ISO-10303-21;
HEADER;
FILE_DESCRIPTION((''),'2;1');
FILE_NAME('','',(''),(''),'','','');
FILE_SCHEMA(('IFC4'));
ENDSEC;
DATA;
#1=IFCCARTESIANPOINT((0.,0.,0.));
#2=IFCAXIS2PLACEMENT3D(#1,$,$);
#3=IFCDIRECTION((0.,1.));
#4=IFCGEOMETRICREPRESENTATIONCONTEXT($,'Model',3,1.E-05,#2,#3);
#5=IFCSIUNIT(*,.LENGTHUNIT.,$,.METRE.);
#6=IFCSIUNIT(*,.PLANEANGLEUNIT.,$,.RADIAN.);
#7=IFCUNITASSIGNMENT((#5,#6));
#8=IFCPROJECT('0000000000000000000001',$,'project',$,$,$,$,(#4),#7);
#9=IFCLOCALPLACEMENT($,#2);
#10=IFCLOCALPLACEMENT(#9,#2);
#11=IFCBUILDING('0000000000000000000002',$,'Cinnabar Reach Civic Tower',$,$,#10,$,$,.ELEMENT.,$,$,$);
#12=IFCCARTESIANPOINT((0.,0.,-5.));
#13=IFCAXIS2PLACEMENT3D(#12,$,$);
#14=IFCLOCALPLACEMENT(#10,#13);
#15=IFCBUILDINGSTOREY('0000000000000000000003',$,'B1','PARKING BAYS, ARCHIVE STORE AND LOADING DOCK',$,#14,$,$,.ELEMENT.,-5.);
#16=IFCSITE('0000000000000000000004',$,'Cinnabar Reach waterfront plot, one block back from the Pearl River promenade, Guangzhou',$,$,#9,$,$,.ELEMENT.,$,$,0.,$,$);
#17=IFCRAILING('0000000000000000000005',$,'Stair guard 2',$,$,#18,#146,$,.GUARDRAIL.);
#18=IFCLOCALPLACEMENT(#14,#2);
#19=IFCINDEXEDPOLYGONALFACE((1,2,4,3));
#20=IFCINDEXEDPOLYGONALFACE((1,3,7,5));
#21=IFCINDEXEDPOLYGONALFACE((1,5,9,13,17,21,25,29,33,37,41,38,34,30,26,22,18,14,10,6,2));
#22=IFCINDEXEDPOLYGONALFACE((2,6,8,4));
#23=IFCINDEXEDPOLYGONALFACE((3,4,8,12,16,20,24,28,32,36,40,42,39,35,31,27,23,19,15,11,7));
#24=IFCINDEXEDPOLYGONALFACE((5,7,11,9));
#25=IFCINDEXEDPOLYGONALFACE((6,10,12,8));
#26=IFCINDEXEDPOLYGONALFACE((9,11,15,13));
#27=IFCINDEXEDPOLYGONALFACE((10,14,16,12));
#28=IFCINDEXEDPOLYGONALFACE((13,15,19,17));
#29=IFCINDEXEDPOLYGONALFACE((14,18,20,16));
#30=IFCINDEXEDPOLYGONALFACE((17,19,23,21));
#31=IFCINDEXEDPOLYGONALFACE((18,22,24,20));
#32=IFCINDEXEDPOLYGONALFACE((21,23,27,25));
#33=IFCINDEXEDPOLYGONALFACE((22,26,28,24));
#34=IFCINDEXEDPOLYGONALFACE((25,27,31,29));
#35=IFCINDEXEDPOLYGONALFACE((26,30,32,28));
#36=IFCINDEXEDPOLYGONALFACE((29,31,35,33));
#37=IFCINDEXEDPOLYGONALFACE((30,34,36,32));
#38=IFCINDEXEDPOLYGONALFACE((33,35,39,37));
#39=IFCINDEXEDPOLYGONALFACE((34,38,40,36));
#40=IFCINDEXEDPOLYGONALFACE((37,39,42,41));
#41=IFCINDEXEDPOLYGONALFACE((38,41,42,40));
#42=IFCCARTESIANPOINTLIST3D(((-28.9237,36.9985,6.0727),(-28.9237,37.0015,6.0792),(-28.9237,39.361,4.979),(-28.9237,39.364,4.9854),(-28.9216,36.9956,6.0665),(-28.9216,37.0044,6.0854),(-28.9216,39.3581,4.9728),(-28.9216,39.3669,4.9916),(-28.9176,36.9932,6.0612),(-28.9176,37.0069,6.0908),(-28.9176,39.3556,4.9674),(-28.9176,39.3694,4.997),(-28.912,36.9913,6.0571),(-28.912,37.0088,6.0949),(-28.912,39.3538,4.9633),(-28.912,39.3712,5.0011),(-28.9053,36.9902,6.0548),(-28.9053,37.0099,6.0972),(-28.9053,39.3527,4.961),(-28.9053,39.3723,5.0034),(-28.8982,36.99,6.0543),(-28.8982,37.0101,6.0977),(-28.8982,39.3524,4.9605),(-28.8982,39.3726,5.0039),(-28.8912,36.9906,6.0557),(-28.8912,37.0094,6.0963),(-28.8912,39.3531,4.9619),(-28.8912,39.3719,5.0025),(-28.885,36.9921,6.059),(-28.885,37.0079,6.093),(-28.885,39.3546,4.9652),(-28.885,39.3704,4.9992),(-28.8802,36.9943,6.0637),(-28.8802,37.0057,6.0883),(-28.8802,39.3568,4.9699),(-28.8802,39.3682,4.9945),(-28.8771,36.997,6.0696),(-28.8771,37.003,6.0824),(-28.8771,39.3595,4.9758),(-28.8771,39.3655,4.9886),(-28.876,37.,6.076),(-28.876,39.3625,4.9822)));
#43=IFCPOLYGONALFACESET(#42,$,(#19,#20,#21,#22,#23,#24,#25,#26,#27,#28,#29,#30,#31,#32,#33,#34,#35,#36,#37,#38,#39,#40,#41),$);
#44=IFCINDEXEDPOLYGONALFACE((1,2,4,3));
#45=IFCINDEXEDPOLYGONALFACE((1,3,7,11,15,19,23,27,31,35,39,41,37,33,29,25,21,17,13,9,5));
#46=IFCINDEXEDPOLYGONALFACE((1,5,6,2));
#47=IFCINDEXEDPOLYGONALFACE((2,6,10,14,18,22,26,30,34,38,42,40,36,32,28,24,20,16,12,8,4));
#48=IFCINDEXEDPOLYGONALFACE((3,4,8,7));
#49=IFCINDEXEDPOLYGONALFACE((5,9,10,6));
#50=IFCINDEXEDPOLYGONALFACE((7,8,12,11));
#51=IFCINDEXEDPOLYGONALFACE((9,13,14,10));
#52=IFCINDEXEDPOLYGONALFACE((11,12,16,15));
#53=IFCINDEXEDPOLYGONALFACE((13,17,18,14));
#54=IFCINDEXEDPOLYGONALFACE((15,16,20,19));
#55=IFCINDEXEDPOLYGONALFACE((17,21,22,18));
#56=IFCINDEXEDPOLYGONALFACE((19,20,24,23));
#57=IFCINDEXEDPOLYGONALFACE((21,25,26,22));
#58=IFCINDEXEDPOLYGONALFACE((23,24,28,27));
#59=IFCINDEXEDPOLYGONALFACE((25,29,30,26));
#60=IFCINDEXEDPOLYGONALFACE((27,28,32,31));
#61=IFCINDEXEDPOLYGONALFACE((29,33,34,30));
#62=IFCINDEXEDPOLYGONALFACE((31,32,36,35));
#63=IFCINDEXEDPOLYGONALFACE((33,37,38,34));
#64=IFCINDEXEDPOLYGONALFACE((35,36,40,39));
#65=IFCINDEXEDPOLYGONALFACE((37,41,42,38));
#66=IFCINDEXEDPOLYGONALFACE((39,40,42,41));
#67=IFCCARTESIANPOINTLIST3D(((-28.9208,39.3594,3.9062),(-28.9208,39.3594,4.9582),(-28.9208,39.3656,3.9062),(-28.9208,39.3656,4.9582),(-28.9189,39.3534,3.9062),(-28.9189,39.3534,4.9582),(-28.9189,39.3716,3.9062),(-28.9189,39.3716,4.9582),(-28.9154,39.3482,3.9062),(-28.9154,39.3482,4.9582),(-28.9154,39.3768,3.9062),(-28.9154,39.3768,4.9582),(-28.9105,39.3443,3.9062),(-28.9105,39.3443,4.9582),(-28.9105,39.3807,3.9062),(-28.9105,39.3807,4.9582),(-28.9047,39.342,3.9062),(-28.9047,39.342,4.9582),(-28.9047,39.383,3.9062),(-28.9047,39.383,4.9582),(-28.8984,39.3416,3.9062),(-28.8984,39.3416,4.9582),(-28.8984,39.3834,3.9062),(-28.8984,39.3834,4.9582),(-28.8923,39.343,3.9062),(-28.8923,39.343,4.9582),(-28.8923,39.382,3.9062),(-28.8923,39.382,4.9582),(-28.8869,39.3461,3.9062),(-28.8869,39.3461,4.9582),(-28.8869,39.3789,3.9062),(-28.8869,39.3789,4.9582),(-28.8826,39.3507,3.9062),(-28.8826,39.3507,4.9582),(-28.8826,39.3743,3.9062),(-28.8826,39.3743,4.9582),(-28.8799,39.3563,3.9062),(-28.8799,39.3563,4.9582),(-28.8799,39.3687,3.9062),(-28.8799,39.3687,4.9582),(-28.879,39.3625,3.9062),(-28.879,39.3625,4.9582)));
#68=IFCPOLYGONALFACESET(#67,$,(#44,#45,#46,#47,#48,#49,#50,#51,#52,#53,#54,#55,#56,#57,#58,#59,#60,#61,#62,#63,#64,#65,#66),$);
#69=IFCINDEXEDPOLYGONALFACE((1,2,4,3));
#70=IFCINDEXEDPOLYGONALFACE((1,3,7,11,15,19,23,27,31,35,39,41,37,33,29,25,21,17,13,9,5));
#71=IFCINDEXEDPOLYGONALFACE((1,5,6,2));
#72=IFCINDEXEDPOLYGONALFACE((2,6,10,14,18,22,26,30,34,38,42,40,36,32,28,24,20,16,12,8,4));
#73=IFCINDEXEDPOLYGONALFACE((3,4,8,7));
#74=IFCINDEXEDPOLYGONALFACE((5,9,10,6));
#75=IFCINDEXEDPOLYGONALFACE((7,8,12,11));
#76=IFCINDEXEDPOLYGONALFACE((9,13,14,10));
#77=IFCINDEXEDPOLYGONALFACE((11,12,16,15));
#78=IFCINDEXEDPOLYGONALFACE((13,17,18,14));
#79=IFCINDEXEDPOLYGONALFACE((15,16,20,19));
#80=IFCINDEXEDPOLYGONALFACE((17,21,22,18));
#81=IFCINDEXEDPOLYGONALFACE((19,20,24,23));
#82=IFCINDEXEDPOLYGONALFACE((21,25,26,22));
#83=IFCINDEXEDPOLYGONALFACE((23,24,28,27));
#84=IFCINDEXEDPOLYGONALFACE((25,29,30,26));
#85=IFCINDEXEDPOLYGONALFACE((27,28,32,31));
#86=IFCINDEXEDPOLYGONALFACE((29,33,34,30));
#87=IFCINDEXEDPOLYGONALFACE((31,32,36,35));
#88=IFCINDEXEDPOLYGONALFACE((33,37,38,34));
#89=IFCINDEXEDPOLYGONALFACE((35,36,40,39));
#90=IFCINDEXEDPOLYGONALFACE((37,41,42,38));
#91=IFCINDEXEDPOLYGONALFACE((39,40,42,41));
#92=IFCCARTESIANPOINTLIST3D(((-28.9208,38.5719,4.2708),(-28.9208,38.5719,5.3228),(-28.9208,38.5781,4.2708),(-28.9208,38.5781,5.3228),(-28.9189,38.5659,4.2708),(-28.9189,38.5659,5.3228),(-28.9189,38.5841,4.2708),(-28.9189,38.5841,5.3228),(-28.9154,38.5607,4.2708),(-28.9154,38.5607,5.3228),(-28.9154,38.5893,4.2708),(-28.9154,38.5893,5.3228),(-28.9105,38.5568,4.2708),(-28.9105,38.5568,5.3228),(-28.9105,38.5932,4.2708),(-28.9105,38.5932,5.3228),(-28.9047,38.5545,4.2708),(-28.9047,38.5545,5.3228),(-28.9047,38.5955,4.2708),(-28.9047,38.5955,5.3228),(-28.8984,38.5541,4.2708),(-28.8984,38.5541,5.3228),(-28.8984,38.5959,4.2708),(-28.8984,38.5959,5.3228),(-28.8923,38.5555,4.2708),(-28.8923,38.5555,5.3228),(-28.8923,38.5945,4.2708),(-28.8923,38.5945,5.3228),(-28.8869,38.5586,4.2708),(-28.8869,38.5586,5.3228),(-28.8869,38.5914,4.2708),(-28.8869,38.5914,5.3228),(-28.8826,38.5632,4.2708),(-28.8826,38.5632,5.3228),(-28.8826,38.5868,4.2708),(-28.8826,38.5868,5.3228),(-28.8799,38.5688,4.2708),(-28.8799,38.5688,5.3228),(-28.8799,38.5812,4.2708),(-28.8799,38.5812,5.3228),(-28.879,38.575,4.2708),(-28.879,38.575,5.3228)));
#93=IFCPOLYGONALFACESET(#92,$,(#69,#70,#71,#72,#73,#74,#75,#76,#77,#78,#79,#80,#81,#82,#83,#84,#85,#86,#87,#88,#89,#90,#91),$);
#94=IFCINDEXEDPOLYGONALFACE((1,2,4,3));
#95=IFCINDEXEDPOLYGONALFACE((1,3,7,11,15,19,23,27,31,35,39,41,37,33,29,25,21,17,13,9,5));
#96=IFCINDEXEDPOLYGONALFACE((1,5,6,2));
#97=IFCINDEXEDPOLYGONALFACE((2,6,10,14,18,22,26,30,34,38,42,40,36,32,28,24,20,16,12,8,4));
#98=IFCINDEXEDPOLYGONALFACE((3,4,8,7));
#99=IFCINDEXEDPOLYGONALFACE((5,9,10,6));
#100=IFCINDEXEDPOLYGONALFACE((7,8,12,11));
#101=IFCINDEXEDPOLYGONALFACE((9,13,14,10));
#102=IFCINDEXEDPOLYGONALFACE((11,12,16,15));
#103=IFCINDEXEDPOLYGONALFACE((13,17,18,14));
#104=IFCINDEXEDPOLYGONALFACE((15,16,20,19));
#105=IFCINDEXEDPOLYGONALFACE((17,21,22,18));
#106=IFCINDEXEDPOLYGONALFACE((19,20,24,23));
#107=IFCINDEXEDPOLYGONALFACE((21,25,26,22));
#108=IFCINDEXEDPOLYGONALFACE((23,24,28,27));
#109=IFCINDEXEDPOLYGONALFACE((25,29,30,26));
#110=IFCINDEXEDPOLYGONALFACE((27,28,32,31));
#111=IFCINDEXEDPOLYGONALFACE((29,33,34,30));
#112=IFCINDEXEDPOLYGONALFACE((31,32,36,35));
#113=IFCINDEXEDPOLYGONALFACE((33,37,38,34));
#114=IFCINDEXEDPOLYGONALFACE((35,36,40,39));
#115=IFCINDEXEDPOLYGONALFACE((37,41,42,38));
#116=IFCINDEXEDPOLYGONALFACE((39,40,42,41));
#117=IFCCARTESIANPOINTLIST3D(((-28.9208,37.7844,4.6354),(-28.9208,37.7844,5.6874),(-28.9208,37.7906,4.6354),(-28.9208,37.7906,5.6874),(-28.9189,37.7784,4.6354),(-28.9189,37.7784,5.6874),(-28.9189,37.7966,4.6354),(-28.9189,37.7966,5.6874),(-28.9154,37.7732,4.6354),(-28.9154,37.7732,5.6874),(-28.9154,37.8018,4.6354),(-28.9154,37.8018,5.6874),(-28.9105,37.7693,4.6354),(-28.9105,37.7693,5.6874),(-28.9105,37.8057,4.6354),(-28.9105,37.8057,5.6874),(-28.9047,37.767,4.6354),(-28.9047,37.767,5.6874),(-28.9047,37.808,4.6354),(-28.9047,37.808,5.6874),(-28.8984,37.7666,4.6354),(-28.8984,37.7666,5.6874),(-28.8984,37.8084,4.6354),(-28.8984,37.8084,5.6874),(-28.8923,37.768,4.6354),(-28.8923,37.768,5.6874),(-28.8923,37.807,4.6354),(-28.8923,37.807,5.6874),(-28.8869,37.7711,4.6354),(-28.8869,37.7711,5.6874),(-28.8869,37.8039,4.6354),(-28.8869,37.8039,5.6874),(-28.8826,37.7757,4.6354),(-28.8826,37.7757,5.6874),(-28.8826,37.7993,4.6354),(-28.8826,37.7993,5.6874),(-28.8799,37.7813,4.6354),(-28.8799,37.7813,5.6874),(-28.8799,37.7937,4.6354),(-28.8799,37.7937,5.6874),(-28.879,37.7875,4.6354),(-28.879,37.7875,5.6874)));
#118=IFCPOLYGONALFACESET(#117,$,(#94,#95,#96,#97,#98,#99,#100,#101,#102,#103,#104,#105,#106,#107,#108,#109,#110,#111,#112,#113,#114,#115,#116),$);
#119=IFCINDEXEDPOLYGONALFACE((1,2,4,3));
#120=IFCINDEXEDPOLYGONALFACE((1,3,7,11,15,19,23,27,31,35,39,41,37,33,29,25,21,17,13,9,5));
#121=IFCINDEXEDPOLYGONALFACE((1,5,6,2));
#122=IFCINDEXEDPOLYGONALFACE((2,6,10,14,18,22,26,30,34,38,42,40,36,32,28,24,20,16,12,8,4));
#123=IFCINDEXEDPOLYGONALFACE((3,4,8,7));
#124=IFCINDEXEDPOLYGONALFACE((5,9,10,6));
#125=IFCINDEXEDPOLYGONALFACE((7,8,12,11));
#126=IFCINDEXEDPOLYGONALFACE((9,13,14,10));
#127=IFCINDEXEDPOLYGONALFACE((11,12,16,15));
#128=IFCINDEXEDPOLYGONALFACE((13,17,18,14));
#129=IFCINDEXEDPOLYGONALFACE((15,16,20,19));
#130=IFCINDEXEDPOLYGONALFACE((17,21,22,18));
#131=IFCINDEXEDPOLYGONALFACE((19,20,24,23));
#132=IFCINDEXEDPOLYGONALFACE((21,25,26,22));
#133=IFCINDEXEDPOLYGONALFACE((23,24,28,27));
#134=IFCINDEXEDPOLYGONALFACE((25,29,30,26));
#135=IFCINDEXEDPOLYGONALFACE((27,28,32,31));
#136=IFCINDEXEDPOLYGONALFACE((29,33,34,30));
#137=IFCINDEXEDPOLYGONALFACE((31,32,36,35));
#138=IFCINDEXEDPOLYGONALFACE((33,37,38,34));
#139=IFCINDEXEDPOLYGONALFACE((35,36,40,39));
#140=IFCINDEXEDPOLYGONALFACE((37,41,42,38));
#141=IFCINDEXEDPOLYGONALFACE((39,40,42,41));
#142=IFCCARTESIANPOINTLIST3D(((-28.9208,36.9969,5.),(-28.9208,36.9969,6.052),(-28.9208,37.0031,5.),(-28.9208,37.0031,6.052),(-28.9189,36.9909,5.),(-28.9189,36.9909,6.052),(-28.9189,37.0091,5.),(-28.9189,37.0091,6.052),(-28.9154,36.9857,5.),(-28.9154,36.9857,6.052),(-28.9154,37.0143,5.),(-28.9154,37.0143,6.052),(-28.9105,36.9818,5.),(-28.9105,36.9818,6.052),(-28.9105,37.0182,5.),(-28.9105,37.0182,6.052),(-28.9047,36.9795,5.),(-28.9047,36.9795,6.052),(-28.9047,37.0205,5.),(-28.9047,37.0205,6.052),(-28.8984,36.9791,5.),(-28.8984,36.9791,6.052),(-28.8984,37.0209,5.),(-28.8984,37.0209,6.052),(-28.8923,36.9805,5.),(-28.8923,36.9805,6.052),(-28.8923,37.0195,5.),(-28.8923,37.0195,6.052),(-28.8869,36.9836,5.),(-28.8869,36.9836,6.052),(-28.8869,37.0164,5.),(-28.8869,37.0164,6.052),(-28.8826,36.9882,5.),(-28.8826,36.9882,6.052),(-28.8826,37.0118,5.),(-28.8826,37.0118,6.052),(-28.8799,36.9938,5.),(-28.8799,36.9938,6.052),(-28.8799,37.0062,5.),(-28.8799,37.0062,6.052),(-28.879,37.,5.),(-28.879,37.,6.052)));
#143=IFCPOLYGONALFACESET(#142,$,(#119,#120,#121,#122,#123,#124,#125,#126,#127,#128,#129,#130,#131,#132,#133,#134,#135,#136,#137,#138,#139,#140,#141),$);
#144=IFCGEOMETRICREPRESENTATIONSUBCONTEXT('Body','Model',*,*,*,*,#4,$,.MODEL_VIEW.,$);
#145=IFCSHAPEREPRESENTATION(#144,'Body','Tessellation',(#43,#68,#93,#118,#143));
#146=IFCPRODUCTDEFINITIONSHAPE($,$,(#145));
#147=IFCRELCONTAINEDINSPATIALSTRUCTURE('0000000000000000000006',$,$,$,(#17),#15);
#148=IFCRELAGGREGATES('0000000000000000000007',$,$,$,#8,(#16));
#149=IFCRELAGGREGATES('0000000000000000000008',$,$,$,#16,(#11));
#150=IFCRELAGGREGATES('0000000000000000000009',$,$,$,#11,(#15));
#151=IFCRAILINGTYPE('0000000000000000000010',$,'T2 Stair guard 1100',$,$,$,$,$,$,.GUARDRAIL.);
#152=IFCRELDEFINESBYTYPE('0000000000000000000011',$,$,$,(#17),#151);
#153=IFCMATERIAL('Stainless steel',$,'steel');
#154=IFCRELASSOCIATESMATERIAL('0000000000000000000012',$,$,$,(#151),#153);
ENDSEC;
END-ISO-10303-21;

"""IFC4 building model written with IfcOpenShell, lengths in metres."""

from ifc_helpers import new_model, si_unit, direction, frame, origin, origin_2d, place, context, subcontext, project, spatial, circle, extrude, material, type_object, element, save


model = new_model("IFC4")

# Units and contexts
model_context = context("Model", 3, precision=1e-05, world=origin(), true_north=direction((0.0, 1.0)))
body_context = subcontext(model_context, "Body", "Model", "MODEL_VIEW")
ifc_project = project(units=[si_unit("LENGTHUNIT", "METRE"), si_unit("PLANEANGLEUNIT", "RADIAN")], contexts=[model_context])

# Site, building, storey
site_placement = place(None, origin())
site = spatial("IfcSite", under=ifc_project, at=site_placement, Name="Cinnabar Reach waterfront plot, one block back from the Pearl River promenade, Guangzhou", CompositionType="ELEMENT", RefElevation=0.0)
building_placement = place(site_placement, origin())
building = spatial("IfcBuilding", under=site, at=building_placement, Name="Cinnabar Reach Civic Tower", CompositionType="ELEMENT")
storey_placement = place(building_placement, frame((0.0, 0.0, -5.0)))
storey = spatial("IfcBuildingStorey", under=building, at=storey_placement, Name="B1", Description="PARKING BAYS, ARCHIVE STORE AND LOADING DOCK", CompositionType="ELEMENT", Elevation=-5.0)

# Railing
ifc_material_1 = material(Name="Stainless steel", Category="steel")
railing_type = type_object("IfcRailingType", Name="T2 Stair guard 1100", PredefinedType="GUARDRAIL", material=ifc_material_1)
railing_1_placement = place(storey_placement, frame((-28.9, 39.3625, 3.9062)))
element("IfcRailing", 1, at=railing_1_placement, inside=storey, type_object=railing_type, Name="Stair guard 2", PredefinedType="GUARDRAIL", context=body_context, shape_type="SweptSolid", body=[
    extrude(circle(Radius=0.024, at=origin_2d()), frame((0.0, 0.0, 1.076), z_axis=(0.0, -0.90746, 0.420139), x_axis=(1.0, 0.0, 0.0)), (0.0, 0.0, 1.0), 2.6034),
    extrude(circle(Radius=0.021, at=origin_2d()), origin(), (0.0, 0.0, 1.0), 1.052),
    extrude(circle(Radius=0.021, at=origin_2d()), frame((0.0, -0.7875, 0.3646)), (0.0, 0.0, 1.0), 1.052),
    extrude(circle(Radius=0.021, at=origin_2d()), frame((0.0, -1.575, 0.7292)), (0.0, 0.0, 1.0), 1.052),
    extrude(circle(Radius=0.021, at=origin_2d()), frame((0.0, -2.3625, 1.0938)), (0.0, 0.0, 1.0), 1.052),
])

save(model, "model.ifc")
